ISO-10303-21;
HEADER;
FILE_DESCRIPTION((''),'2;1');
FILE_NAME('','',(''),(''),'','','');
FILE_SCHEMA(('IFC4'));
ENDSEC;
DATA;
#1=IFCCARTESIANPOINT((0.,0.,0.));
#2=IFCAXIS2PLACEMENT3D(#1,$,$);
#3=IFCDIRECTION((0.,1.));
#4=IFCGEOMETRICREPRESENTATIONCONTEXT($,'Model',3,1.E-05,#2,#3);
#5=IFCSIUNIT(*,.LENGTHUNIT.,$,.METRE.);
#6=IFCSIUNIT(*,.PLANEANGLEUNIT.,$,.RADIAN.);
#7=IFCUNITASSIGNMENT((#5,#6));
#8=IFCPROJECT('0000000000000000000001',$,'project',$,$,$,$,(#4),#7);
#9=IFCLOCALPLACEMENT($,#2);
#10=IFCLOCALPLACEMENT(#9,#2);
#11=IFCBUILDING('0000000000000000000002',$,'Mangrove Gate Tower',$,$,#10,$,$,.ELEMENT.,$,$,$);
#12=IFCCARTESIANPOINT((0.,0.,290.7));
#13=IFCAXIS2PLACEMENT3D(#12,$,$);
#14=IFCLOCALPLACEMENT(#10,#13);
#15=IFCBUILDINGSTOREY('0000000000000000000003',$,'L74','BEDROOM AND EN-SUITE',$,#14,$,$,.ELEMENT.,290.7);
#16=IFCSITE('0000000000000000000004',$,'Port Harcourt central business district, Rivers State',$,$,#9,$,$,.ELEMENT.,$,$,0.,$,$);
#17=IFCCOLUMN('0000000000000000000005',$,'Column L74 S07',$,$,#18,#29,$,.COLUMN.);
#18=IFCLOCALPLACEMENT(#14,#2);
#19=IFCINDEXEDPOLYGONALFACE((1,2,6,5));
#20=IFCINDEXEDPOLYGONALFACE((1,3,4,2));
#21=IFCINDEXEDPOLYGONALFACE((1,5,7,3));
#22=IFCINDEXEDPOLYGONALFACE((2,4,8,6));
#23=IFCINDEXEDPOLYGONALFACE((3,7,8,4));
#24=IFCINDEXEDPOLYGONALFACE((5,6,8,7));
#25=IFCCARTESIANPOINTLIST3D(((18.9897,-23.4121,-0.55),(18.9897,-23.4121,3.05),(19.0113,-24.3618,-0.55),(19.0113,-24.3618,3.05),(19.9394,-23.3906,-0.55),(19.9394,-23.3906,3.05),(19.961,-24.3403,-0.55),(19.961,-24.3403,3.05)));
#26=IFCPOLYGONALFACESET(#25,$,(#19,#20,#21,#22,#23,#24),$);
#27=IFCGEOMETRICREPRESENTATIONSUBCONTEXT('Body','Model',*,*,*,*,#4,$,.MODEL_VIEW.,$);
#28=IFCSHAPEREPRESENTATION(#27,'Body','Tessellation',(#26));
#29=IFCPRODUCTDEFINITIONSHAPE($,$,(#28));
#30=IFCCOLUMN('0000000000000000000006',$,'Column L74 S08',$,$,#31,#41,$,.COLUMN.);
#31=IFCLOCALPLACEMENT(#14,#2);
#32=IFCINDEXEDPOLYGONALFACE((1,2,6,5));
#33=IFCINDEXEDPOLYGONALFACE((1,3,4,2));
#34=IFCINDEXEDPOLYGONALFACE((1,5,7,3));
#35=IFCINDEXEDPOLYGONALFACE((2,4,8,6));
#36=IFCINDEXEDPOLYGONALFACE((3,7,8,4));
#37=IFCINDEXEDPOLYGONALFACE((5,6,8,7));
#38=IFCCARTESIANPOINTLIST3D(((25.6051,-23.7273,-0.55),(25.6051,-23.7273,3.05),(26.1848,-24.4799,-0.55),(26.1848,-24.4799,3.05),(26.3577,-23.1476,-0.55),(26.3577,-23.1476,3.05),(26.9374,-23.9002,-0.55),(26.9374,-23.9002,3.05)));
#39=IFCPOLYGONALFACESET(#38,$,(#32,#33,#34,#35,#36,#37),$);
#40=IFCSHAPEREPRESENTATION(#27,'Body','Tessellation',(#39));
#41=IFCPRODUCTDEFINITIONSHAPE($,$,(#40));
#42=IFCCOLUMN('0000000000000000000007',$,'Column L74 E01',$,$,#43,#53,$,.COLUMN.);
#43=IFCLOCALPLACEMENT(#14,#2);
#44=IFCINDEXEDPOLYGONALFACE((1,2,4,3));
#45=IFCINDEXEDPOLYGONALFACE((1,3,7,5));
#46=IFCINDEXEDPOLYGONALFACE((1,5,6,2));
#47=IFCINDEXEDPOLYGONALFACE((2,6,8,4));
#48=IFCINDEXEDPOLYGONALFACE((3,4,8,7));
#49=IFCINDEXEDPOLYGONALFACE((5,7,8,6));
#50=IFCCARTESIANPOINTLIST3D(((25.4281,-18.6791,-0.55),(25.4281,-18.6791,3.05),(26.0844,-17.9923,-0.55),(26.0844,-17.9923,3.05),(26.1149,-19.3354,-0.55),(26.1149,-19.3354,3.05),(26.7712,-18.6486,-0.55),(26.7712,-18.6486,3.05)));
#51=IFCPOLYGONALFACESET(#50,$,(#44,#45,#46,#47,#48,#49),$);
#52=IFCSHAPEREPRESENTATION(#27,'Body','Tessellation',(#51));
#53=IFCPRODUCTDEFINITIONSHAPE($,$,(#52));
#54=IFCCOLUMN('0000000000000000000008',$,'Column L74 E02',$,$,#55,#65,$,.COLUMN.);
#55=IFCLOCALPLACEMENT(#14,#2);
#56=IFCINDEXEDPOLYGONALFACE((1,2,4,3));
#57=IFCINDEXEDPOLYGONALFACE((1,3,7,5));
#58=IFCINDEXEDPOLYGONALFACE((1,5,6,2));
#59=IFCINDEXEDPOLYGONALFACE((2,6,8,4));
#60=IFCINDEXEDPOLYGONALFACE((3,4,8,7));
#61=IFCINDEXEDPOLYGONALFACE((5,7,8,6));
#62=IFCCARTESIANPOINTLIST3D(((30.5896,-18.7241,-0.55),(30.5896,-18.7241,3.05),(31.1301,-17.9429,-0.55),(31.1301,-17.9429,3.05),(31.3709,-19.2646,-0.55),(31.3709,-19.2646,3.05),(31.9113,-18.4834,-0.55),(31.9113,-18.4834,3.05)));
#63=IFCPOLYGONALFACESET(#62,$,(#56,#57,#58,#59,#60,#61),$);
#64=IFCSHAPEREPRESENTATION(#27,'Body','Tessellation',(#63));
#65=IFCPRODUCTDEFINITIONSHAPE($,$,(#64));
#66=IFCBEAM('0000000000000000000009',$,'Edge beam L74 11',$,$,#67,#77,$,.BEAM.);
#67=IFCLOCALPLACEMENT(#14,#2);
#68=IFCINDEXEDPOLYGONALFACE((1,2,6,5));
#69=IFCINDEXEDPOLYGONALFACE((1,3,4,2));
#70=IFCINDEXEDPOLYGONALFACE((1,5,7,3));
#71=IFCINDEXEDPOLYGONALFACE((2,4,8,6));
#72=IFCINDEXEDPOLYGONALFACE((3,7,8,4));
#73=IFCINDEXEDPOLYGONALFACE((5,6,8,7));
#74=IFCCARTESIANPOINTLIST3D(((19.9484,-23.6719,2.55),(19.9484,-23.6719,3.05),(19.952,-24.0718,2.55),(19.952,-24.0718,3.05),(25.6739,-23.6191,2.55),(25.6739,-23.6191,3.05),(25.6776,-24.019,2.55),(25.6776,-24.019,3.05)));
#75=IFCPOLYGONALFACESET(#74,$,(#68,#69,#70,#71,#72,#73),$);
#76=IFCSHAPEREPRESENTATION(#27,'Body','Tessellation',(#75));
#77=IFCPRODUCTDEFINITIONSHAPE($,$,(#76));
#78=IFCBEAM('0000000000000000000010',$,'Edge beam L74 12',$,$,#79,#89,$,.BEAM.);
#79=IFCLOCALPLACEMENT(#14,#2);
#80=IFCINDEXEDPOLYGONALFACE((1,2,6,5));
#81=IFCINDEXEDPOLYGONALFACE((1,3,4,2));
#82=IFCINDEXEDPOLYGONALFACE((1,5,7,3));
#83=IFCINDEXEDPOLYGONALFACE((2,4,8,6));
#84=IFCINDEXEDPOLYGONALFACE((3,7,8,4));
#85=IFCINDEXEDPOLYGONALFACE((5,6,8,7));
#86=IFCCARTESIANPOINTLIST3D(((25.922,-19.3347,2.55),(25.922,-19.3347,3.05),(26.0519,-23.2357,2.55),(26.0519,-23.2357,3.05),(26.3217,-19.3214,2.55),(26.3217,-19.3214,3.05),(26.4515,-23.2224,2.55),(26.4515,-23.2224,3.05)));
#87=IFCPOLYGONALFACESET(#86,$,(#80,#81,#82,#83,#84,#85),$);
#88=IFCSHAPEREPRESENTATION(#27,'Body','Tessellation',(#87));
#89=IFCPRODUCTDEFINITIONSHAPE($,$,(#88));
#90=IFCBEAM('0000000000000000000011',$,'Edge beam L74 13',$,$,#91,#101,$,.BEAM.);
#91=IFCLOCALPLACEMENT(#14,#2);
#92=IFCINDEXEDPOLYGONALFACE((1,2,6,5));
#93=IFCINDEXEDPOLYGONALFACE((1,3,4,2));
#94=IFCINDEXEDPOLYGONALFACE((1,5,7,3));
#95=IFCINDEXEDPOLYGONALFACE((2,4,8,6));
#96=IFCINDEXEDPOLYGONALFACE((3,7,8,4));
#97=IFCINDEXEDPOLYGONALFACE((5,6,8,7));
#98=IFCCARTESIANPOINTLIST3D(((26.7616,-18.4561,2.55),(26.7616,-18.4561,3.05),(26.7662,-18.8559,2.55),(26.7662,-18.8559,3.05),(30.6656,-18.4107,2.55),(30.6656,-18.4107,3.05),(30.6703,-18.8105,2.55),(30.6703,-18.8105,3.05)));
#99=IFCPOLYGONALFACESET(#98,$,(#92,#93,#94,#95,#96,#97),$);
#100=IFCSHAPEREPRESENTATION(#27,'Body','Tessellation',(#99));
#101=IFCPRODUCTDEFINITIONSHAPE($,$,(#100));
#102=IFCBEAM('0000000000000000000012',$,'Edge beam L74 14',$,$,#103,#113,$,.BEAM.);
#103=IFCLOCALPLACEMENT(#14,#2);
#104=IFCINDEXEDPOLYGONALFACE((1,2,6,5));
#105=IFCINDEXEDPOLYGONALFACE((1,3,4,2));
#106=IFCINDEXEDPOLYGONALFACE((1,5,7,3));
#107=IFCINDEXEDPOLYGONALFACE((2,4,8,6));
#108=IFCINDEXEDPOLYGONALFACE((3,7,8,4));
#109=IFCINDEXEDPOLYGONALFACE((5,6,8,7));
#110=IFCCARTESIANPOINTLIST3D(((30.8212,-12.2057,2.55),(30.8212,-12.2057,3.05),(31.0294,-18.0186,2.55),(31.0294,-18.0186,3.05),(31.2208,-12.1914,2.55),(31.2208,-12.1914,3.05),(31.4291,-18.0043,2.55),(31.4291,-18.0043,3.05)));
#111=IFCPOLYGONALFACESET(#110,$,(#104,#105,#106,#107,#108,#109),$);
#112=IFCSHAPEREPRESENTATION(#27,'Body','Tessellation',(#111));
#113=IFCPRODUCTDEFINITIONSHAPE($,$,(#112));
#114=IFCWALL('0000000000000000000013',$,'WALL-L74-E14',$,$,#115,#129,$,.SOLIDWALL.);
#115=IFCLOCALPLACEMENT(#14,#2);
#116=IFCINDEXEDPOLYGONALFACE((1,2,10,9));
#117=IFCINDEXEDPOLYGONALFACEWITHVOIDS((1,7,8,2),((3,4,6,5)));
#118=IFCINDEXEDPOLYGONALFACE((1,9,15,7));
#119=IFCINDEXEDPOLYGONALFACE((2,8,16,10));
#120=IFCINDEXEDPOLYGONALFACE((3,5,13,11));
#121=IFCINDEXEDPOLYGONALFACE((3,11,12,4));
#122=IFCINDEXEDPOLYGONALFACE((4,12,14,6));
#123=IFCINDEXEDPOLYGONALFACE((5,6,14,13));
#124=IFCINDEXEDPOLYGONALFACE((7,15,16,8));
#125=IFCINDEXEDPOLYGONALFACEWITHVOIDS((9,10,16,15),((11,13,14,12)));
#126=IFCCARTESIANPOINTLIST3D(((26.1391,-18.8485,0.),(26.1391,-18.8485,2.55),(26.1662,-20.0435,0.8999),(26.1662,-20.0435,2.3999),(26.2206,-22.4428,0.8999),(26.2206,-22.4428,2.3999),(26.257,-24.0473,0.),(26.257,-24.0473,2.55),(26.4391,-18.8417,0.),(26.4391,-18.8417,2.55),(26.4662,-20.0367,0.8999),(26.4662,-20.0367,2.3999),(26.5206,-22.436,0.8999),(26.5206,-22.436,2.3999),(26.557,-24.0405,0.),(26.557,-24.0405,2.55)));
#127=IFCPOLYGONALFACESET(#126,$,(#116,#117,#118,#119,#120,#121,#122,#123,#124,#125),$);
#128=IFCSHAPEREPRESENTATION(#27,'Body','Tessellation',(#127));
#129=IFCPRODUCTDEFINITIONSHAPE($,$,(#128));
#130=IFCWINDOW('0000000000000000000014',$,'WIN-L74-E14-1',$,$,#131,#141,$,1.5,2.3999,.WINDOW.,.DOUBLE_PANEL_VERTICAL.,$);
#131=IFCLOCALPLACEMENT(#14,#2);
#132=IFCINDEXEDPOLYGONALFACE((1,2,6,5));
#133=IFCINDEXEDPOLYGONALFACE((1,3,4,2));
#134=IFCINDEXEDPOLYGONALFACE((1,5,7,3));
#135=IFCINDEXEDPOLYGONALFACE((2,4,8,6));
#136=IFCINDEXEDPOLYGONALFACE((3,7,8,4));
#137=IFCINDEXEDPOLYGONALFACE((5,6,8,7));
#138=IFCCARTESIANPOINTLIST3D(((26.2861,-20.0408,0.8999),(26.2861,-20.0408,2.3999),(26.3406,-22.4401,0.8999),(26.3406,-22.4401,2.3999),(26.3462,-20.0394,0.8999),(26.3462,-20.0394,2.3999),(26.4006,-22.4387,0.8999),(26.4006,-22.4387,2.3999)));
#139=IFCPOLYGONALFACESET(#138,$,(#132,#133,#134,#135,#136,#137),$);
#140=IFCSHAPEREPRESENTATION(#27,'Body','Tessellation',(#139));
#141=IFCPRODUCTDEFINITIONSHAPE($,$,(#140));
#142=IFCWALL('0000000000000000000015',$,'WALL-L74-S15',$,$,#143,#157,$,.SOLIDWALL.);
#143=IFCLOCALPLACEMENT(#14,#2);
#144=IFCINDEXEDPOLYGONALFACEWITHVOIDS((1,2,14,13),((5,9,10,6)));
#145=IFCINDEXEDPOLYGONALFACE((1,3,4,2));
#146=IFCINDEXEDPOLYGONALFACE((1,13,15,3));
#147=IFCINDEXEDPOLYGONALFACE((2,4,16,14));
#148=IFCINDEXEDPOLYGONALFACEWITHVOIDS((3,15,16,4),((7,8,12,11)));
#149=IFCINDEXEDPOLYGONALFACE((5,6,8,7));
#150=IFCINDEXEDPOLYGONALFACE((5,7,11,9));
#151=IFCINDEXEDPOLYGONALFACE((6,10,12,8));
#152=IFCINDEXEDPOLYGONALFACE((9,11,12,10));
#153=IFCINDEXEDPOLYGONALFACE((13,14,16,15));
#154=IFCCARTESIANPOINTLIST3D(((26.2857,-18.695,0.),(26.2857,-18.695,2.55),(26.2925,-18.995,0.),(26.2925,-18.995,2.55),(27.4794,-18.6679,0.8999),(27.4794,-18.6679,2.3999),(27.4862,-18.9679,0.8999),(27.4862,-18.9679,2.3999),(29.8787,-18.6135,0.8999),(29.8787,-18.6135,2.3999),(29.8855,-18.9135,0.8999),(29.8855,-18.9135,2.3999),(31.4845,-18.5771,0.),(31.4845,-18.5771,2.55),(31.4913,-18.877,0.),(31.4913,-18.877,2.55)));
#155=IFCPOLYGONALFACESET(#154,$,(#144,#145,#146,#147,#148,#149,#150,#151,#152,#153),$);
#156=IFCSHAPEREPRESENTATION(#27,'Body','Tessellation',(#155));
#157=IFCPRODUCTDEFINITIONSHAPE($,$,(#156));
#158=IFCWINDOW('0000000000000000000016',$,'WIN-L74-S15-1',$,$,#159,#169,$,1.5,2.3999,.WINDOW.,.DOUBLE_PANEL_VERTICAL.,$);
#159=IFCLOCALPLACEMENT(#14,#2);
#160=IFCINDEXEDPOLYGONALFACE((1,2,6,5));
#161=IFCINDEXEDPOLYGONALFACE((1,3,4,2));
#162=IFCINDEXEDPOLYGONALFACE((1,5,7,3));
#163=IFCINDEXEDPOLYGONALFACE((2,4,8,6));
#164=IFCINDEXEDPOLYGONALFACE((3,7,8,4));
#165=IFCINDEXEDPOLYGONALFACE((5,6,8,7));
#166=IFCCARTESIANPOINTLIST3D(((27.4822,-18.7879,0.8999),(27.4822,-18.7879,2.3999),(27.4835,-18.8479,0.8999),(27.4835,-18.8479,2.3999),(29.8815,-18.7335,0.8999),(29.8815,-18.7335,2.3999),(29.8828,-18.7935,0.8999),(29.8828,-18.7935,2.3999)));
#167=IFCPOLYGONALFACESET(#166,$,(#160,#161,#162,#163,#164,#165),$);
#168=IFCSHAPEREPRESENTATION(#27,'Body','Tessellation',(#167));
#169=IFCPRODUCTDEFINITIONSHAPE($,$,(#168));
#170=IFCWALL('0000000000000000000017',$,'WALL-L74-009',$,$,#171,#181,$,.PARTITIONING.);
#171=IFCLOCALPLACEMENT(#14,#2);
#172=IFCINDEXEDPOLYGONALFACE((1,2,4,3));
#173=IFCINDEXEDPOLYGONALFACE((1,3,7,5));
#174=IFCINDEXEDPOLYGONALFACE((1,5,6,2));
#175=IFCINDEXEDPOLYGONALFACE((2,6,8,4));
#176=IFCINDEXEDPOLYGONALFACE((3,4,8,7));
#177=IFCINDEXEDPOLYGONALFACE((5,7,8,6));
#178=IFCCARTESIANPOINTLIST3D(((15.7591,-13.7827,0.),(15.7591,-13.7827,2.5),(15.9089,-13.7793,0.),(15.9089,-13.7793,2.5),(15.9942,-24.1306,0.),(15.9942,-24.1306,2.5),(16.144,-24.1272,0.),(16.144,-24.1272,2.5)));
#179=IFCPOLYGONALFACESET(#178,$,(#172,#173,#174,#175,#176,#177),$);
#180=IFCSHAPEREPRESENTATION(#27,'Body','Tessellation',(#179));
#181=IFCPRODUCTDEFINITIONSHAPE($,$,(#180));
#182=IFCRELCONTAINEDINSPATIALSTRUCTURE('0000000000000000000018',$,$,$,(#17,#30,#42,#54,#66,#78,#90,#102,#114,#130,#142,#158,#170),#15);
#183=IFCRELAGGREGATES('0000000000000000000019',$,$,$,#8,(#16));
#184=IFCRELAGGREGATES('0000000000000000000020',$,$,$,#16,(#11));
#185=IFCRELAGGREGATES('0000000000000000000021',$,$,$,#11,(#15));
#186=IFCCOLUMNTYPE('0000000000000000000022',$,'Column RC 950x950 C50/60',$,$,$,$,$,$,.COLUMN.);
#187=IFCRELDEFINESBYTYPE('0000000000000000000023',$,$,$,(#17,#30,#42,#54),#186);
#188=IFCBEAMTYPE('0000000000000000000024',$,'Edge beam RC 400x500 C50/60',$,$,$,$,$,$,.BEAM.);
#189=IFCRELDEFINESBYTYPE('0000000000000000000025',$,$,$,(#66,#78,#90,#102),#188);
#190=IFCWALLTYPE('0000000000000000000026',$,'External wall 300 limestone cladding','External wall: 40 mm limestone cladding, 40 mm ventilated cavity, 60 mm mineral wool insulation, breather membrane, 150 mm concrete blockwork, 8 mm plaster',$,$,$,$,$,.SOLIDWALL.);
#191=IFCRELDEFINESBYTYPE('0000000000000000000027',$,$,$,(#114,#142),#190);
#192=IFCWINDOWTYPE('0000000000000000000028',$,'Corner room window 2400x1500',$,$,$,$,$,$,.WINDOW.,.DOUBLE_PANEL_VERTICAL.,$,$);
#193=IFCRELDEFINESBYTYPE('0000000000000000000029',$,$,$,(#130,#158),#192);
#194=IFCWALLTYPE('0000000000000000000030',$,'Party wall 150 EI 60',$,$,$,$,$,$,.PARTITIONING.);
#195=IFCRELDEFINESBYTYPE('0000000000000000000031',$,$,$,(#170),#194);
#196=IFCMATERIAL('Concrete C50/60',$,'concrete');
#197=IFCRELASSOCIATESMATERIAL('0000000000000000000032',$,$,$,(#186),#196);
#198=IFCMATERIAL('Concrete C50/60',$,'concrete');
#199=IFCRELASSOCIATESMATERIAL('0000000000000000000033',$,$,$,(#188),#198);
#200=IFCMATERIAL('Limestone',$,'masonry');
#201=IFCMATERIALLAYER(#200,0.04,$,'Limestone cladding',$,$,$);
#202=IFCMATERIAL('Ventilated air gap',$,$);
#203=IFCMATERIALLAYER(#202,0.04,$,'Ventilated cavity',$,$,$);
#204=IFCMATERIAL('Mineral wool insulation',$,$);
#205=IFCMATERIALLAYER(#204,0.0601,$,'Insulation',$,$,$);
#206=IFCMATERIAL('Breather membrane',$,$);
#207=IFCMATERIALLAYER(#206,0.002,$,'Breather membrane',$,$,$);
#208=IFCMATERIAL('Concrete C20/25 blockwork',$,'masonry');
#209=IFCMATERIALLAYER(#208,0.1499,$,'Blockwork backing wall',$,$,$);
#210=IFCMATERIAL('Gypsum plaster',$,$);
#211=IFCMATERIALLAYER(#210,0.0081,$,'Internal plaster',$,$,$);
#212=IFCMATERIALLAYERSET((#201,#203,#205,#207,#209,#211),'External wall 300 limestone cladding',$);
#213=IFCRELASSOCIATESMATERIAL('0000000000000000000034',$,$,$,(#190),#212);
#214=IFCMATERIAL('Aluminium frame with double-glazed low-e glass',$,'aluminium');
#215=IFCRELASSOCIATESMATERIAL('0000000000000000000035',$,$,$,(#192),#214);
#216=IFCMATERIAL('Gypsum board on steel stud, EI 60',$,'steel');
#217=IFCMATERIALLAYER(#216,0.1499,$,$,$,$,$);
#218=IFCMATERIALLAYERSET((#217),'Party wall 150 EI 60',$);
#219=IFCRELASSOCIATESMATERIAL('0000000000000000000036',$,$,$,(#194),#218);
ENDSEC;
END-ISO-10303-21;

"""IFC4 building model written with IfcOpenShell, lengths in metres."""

from ifc_helpers import new_model, si_unit, direction, frame, frame_2d, origin, origin_2d, place, context, subcontext, project, spatial, rectangle, extrude, material, layer, layer_set, material_profile, profile_set, type_object, element, fill, save


model = new_model("IFC4")

# Units and contexts
model_context = context("Model", 3, precision=1e-05, world=origin(), true_north=direction((0.0, 1.0)))
body_context = subcontext(model_context, "Body", "Model", "MODEL_VIEW")
ifc_project = project(units=[si_unit("LENGTHUNIT", "METRE"), si_unit("PLANEANGLEUNIT", "RADIAN")], contexts=[model_context])

# Site, building, storey
site_placement = place(None, origin())
site = spatial("IfcSite", under=ifc_project, at=site_placement, Name="Port Harcourt central business district, Rivers State", CompositionType="ELEMENT", RefElevation=0.0)
building_placement = place(site_placement, origin())
building = spatial("IfcBuilding", under=site, at=building_placement, Name="Mangrove Gate Tower", CompositionType="ELEMENT")
storey_placement = place(building_placement, frame((0.0, 0.0, 290.7)))
storey = spatial("IfcBuildingStorey", under=building, at=storey_placement, Name="L74", Description="BEDROOM AND EN-SUITE", CompositionType="ELEMENT", Elevation=290.7)

# Columns
ifc_material_1 = material(Name="Concrete C50/60", Category="concrete")
ifc_material_profile_1 = material_profile(ifc_material_1, rectangle(XDim=0.95, YDim=0.95, at=origin_2d()))
ifc_profile_set_1 = profile_set([ifc_material_profile_1], Name="Concrete C50/60")
column_type = type_object("IfcColumnType", Name="Column RC 950x950 C50/60", PredefinedType="COLUMN", material=ifc_profile_set_1)
for number, where, z_axis, x_axis, name in (
    (1, (19.4753, -23.8762, -0.55), (0.0, 0.0, 1.0), (0.999743, 0.02268, 0.0), "Column L74 S07"),
    (2, (26.2712, -23.8137, -0.55), (0.0, 0.0, 1.0), (0.792213, 0.610244, 0.0), "Column L74 S08"),
    (3, (26.0996, -18.6638, -0.55), (0.0, 0.0, 1.0), (0.690877, 0.722973, 0.0), "Column L74 E01"),
    (4, (31.2505, -18.6038, -0.55), (0.0, 0.0, 1.0), (0.568957, 0.822367, 0.0), "Column L74 E02"),
):
    element("IfcColumn", number, at=place(storey_placement, frame(where, z_axis=z_axis, x_axis=x_axis)), inside=storey, type_object=column_type, Name=name, PredefinedType="COLUMN", context=body_context, shape_type="SweptSolid", body=[
        extrude(rectangle(XDim=0.95, YDim=0.95, at=origin_2d()), origin(), (0.0, 0.0, 1.0), 3.6001),
    ])

# Beams
ifc_material_2 = material(Name="Concrete C50/60", Category="concrete")
ifc_material_profile_2 = material_profile(ifc_material_2, rectangle(XDim=0.3999, YDim=0.5, at=origin_2d()))
ifc_profile_set_2 = profile_set([ifc_material_profile_2], Name="Concrete C50/60")
beam_type = type_object("IfcBeamType", Name="Edge beam RC 400x500 C50/60", PredefinedType="BEAM", material=ifc_profile_set_2)
beam_1_placement = place(storey_placement, frame((19.9502, -23.8718, 2.8), z_axis=(0.999958, 0.00921, 0.0), x_axis=(-0.00921, 0.999958, 0.0)))
element("IfcBeam", 5, at=beam_1_placement, inside=storey, type_object=beam_type, Name="Edge beam L74 11", PredefinedType="BEAM", context=body_context, shape_type="SweptSolid", body=[
    extrude(rectangle(XDim=0.3999, YDim=0.5, at=origin_2d()), origin(), (0.0, 0.0, 1.0), 5.7258),
])
beam_2_placement = place(storey_placement, frame((26.2517, -23.229, 2.8), z_axis=(-0.033277, 0.999446, 0.0), x_axis=(-0.999446, -0.033277, 0.0)))
element("IfcBeam", 6, at=beam_2_placement, inside=storey, type_object=beam_type, Name="Edge beam L74 12", PredefinedType="BEAM", context=body_context, shape_type="SweptSolid", body=[
    extrude(rectangle(XDim=0.3999, YDim=0.5, at=origin_2d()), origin(), (0.0, 0.0, 1.0), 3.9031),
])
beam_3_placement = place(storey_placement, frame((26.7639, -18.656, 2.8), z_axis=(0.999932, 0.011631, 0.0), x_axis=(-0.011631, 0.999932, 0.0)))
element("IfcBeam", 7, at=beam_3_placement, inside=storey, type_object=beam_type, Name="Edge beam L74 13", PredefinedType="BEAM", context=body_context, shape_type="SweptSolid", body=[
    extrude(rectangle(XDim=0.3999, YDim=0.5, at=origin_2d()), origin(), (0.0, 0.0, 1.0), 3.9043),
])
beam_4_placement = place(storey_placement, frame((31.2292, -18.0115, 2.8), z_axis=(-0.035802, 0.999359, 0.0), x_axis=(-0.999359, -0.035802, 0.0)))
element("IfcBeam", 8, at=beam_4_placement, inside=storey, type_object=beam_type, Name="Edge beam L74 14", PredefinedType="BEAM", context=body_context, shape_type="SweptSolid", body=[
    extrude(rectangle(XDim=0.3999, YDim=0.5, at=origin_2d()), origin(), (0.0, 0.0, 1.0), 5.8167),
])

# Shared definitions
ifc_material_3 = material(Name="Limestone", Category="masonry")
ifc_layer_1 = layer(ifc_material_3, 0.04, Name="Limestone cladding")
ifc_material_4 = material(Name="Ventilated air gap")
ifc_layer_2 = layer(ifc_material_4, 0.04, Name="Ventilated cavity")
ifc_material_5 = material(Name="Mineral wool insulation")
ifc_layer_3 = layer(ifc_material_5, 0.0601, Name="Insulation")
ifc_material_6 = material(Name="Breather membrane")
ifc_layer_4 = layer(ifc_material_6, 0.002, Name="Breather membrane")
ifc_material_7 = material(Name="Concrete C20/25 blockwork", Category="masonry")
ifc_layer_5 = layer(ifc_material_7, 0.1499, Name="Blockwork backing wall")
ifc_material_8 = material(Name="Gypsum plaster")
ifc_layer_6 = layer(ifc_material_8, 0.0081, Name="Internal plaster")
ifc_layer_set_1 = layer_set([ifc_layer_1, ifc_layer_2, ifc_layer_3, ifc_layer_4, ifc_layer_5, ifc_layer_6], Name="External wall 300 limestone cladding")
wall_type_1 = type_object("IfcWallType", Name="External wall 300 limestone cladding", Description="External wall: 40 mm limestone cladding, 40 mm ventilated cavity, 60 mm mineral wool insulation, breather membrane, 150 mm concrete blockwork, 8 mm plaster", PredefinedType="SOLIDWALL", material=ifc_layer_set_1)
ifc_material_9 = material(Name="Aluminium frame with double-glazed low-e glass", Category="aluminium")
window_type = type_object("IfcWindowType", Name="Corner room window 2400x1500", PartitioningType="DOUBLE_PANEL_VERTICAL", PredefinedType="WINDOW", material=ifc_material_9)

# Walls, openings, windows
wall_1_placement = place(storey_placement, frame((26.407, -24.0439, 0.0), z_axis=(0.0, 0.0, 1.0), x_axis=(-0.022676, 0.999743, 0.0)))
wall_1 = element("IfcWall", 9, at=wall_1_placement, inside=storey, type_object=wall_type_1, Name="WALL-L74-E14", PredefinedType="SOLIDWALL", context=body_context, shape_type="SweptSolid", body=[
    extrude(rectangle(XDim=5.2002, YDim=0.3, at=frame_2d((2.6001, 0.0))), origin(), (0.0, 0.0, 1.0), 2.55),
])
opening_1_placement = place(wall_1_placement, frame((1.605, 0.0, 0.8999)))
opening_1 = element("IfcOpeningElement", 10, at=opening_1_placement, cuts=wall_1, PredefinedType="OPENING", context=body_context, shape_type="SweptSolid", body=[
    extrude(rectangle(XDim=2.3999, YDim=1.5, at=frame_2d((1.2, 0.75))), frame((0.0, 0.1599, 0.0), z_axis=(0.0, -1.0, 0.0), x_axis=(1.0, 0.0, 0.0)), (0.0, 0.0, 1.0), 0.3201),
])
window_1_placement = place(opening_1_placement, origin())
window_1 = element("IfcWindow", 11, at=window_1_placement, inside=storey, type_object=window_type, Name="WIN-L74-E14-1", OverallHeight=1.5, OverallWidth=2.3999, PartitioningType="DOUBLE_PANEL_VERTICAL", PredefinedType="WINDOW", context=body_context, shape_type="SweptSolid", body=[
    extrude(rectangle(XDim=2.3999, YDim=1.5, at=frame_2d((1.2, 0.75))), frame((0.0, 0.03, 0.0), z_axis=(0.0, -1.0, 0.0), x_axis=(1.0, 0.0, 0.0)), (0.0, 0.0, 1.0), 0.0601),
])
fill(opening_1, window_1)
wall_2_placement = place(storey_placement, frame((26.2891, -18.845, 0.0), z_axis=(0.0, 0.0, 1.0), x_axis=(0.999743, 0.022676, 0.0)))
wall_2 = element("IfcWall", 12, at=wall_2_placement, inside=storey, type_object=wall_type_1, Name="WALL-L74-S15", PredefinedType="SOLIDWALL", context=body_context, shape_type="SweptSolid", body=[
    extrude(rectangle(XDim=5.2002, YDim=0.3, at=frame_2d((2.6001, 0.0))), origin(), (0.0, 0.0, 1.0), 2.55),
])
opening_2_placement = place(wall_2_placement, frame((1.1941, 0.0, 0.8999)))
opening_2 = element("IfcOpeningElement", 13, at=opening_2_placement, cuts=wall_2, PredefinedType="OPENING", context=body_context, shape_type="SweptSolid", body=[
    extrude(rectangle(XDim=2.3999, YDim=1.5, at=frame_2d((1.2, 0.75))), frame((0.0, 0.1599, 0.0), z_axis=(0.0, -1.0, 0.0), x_axis=(1.0, 0.0, 0.0)), (0.0, 0.0, 1.0), 0.3201),
])
window_2_placement = place(opening_2_placement, origin())
window_2 = element("IfcWindow", 14, at=window_2_placement, inside=storey, type_object=window_type, Name="WIN-L74-S15-1", OverallHeight=1.5, OverallWidth=2.3999, PartitioningType="DOUBLE_PANEL_VERTICAL", PredefinedType="WINDOW", context=body_context, shape_type="SweptSolid", body=[
    extrude(rectangle(XDim=2.3999, YDim=1.5, at=frame_2d((1.2, 0.75))), frame((0.0, 0.03, 0.0), z_axis=(0.0, -1.0, 0.0), x_axis=(1.0, 0.0, 0.0)), (0.0, 0.0, 1.0), 0.0601),
])
fill(opening_2, window_2)

# Wall
ifc_material_10 = material(Name="Gypsum board on steel stud, EI 60", Category="steel")
ifc_layer_7 = layer(ifc_material_10, 0.1499)
ifc_layer_set_2 = layer_set([ifc_layer_7], Name="Party wall 150 EI 60")
wall_type_2 = type_object("IfcWallType", Name="Party wall 150 EI 60", PredefinedType="PARTITIONING", material=ifc_layer_set_2)
wall_3_placement = place(storey_placement, frame((16.0691, -24.1289, 0.0), z_axis=(0.0, 0.0, 1.0), x_axis=(-0.022714, 0.999742, 0.0)))
element("IfcWall", 15, at=wall_3_placement, inside=storey, type_object=wall_type_2, Name="WALL-L74-009", PredefinedType="PARTITIONING", context=body_context, shape_type="SweptSolid", body=[
    extrude(rectangle(XDim=10.3506, YDim=0.1499, at=frame_2d((5.1753, 0.0))), origin(), (0.0, 0.0, 1.0), 2.5),
])

save(model, "model.ifc")
